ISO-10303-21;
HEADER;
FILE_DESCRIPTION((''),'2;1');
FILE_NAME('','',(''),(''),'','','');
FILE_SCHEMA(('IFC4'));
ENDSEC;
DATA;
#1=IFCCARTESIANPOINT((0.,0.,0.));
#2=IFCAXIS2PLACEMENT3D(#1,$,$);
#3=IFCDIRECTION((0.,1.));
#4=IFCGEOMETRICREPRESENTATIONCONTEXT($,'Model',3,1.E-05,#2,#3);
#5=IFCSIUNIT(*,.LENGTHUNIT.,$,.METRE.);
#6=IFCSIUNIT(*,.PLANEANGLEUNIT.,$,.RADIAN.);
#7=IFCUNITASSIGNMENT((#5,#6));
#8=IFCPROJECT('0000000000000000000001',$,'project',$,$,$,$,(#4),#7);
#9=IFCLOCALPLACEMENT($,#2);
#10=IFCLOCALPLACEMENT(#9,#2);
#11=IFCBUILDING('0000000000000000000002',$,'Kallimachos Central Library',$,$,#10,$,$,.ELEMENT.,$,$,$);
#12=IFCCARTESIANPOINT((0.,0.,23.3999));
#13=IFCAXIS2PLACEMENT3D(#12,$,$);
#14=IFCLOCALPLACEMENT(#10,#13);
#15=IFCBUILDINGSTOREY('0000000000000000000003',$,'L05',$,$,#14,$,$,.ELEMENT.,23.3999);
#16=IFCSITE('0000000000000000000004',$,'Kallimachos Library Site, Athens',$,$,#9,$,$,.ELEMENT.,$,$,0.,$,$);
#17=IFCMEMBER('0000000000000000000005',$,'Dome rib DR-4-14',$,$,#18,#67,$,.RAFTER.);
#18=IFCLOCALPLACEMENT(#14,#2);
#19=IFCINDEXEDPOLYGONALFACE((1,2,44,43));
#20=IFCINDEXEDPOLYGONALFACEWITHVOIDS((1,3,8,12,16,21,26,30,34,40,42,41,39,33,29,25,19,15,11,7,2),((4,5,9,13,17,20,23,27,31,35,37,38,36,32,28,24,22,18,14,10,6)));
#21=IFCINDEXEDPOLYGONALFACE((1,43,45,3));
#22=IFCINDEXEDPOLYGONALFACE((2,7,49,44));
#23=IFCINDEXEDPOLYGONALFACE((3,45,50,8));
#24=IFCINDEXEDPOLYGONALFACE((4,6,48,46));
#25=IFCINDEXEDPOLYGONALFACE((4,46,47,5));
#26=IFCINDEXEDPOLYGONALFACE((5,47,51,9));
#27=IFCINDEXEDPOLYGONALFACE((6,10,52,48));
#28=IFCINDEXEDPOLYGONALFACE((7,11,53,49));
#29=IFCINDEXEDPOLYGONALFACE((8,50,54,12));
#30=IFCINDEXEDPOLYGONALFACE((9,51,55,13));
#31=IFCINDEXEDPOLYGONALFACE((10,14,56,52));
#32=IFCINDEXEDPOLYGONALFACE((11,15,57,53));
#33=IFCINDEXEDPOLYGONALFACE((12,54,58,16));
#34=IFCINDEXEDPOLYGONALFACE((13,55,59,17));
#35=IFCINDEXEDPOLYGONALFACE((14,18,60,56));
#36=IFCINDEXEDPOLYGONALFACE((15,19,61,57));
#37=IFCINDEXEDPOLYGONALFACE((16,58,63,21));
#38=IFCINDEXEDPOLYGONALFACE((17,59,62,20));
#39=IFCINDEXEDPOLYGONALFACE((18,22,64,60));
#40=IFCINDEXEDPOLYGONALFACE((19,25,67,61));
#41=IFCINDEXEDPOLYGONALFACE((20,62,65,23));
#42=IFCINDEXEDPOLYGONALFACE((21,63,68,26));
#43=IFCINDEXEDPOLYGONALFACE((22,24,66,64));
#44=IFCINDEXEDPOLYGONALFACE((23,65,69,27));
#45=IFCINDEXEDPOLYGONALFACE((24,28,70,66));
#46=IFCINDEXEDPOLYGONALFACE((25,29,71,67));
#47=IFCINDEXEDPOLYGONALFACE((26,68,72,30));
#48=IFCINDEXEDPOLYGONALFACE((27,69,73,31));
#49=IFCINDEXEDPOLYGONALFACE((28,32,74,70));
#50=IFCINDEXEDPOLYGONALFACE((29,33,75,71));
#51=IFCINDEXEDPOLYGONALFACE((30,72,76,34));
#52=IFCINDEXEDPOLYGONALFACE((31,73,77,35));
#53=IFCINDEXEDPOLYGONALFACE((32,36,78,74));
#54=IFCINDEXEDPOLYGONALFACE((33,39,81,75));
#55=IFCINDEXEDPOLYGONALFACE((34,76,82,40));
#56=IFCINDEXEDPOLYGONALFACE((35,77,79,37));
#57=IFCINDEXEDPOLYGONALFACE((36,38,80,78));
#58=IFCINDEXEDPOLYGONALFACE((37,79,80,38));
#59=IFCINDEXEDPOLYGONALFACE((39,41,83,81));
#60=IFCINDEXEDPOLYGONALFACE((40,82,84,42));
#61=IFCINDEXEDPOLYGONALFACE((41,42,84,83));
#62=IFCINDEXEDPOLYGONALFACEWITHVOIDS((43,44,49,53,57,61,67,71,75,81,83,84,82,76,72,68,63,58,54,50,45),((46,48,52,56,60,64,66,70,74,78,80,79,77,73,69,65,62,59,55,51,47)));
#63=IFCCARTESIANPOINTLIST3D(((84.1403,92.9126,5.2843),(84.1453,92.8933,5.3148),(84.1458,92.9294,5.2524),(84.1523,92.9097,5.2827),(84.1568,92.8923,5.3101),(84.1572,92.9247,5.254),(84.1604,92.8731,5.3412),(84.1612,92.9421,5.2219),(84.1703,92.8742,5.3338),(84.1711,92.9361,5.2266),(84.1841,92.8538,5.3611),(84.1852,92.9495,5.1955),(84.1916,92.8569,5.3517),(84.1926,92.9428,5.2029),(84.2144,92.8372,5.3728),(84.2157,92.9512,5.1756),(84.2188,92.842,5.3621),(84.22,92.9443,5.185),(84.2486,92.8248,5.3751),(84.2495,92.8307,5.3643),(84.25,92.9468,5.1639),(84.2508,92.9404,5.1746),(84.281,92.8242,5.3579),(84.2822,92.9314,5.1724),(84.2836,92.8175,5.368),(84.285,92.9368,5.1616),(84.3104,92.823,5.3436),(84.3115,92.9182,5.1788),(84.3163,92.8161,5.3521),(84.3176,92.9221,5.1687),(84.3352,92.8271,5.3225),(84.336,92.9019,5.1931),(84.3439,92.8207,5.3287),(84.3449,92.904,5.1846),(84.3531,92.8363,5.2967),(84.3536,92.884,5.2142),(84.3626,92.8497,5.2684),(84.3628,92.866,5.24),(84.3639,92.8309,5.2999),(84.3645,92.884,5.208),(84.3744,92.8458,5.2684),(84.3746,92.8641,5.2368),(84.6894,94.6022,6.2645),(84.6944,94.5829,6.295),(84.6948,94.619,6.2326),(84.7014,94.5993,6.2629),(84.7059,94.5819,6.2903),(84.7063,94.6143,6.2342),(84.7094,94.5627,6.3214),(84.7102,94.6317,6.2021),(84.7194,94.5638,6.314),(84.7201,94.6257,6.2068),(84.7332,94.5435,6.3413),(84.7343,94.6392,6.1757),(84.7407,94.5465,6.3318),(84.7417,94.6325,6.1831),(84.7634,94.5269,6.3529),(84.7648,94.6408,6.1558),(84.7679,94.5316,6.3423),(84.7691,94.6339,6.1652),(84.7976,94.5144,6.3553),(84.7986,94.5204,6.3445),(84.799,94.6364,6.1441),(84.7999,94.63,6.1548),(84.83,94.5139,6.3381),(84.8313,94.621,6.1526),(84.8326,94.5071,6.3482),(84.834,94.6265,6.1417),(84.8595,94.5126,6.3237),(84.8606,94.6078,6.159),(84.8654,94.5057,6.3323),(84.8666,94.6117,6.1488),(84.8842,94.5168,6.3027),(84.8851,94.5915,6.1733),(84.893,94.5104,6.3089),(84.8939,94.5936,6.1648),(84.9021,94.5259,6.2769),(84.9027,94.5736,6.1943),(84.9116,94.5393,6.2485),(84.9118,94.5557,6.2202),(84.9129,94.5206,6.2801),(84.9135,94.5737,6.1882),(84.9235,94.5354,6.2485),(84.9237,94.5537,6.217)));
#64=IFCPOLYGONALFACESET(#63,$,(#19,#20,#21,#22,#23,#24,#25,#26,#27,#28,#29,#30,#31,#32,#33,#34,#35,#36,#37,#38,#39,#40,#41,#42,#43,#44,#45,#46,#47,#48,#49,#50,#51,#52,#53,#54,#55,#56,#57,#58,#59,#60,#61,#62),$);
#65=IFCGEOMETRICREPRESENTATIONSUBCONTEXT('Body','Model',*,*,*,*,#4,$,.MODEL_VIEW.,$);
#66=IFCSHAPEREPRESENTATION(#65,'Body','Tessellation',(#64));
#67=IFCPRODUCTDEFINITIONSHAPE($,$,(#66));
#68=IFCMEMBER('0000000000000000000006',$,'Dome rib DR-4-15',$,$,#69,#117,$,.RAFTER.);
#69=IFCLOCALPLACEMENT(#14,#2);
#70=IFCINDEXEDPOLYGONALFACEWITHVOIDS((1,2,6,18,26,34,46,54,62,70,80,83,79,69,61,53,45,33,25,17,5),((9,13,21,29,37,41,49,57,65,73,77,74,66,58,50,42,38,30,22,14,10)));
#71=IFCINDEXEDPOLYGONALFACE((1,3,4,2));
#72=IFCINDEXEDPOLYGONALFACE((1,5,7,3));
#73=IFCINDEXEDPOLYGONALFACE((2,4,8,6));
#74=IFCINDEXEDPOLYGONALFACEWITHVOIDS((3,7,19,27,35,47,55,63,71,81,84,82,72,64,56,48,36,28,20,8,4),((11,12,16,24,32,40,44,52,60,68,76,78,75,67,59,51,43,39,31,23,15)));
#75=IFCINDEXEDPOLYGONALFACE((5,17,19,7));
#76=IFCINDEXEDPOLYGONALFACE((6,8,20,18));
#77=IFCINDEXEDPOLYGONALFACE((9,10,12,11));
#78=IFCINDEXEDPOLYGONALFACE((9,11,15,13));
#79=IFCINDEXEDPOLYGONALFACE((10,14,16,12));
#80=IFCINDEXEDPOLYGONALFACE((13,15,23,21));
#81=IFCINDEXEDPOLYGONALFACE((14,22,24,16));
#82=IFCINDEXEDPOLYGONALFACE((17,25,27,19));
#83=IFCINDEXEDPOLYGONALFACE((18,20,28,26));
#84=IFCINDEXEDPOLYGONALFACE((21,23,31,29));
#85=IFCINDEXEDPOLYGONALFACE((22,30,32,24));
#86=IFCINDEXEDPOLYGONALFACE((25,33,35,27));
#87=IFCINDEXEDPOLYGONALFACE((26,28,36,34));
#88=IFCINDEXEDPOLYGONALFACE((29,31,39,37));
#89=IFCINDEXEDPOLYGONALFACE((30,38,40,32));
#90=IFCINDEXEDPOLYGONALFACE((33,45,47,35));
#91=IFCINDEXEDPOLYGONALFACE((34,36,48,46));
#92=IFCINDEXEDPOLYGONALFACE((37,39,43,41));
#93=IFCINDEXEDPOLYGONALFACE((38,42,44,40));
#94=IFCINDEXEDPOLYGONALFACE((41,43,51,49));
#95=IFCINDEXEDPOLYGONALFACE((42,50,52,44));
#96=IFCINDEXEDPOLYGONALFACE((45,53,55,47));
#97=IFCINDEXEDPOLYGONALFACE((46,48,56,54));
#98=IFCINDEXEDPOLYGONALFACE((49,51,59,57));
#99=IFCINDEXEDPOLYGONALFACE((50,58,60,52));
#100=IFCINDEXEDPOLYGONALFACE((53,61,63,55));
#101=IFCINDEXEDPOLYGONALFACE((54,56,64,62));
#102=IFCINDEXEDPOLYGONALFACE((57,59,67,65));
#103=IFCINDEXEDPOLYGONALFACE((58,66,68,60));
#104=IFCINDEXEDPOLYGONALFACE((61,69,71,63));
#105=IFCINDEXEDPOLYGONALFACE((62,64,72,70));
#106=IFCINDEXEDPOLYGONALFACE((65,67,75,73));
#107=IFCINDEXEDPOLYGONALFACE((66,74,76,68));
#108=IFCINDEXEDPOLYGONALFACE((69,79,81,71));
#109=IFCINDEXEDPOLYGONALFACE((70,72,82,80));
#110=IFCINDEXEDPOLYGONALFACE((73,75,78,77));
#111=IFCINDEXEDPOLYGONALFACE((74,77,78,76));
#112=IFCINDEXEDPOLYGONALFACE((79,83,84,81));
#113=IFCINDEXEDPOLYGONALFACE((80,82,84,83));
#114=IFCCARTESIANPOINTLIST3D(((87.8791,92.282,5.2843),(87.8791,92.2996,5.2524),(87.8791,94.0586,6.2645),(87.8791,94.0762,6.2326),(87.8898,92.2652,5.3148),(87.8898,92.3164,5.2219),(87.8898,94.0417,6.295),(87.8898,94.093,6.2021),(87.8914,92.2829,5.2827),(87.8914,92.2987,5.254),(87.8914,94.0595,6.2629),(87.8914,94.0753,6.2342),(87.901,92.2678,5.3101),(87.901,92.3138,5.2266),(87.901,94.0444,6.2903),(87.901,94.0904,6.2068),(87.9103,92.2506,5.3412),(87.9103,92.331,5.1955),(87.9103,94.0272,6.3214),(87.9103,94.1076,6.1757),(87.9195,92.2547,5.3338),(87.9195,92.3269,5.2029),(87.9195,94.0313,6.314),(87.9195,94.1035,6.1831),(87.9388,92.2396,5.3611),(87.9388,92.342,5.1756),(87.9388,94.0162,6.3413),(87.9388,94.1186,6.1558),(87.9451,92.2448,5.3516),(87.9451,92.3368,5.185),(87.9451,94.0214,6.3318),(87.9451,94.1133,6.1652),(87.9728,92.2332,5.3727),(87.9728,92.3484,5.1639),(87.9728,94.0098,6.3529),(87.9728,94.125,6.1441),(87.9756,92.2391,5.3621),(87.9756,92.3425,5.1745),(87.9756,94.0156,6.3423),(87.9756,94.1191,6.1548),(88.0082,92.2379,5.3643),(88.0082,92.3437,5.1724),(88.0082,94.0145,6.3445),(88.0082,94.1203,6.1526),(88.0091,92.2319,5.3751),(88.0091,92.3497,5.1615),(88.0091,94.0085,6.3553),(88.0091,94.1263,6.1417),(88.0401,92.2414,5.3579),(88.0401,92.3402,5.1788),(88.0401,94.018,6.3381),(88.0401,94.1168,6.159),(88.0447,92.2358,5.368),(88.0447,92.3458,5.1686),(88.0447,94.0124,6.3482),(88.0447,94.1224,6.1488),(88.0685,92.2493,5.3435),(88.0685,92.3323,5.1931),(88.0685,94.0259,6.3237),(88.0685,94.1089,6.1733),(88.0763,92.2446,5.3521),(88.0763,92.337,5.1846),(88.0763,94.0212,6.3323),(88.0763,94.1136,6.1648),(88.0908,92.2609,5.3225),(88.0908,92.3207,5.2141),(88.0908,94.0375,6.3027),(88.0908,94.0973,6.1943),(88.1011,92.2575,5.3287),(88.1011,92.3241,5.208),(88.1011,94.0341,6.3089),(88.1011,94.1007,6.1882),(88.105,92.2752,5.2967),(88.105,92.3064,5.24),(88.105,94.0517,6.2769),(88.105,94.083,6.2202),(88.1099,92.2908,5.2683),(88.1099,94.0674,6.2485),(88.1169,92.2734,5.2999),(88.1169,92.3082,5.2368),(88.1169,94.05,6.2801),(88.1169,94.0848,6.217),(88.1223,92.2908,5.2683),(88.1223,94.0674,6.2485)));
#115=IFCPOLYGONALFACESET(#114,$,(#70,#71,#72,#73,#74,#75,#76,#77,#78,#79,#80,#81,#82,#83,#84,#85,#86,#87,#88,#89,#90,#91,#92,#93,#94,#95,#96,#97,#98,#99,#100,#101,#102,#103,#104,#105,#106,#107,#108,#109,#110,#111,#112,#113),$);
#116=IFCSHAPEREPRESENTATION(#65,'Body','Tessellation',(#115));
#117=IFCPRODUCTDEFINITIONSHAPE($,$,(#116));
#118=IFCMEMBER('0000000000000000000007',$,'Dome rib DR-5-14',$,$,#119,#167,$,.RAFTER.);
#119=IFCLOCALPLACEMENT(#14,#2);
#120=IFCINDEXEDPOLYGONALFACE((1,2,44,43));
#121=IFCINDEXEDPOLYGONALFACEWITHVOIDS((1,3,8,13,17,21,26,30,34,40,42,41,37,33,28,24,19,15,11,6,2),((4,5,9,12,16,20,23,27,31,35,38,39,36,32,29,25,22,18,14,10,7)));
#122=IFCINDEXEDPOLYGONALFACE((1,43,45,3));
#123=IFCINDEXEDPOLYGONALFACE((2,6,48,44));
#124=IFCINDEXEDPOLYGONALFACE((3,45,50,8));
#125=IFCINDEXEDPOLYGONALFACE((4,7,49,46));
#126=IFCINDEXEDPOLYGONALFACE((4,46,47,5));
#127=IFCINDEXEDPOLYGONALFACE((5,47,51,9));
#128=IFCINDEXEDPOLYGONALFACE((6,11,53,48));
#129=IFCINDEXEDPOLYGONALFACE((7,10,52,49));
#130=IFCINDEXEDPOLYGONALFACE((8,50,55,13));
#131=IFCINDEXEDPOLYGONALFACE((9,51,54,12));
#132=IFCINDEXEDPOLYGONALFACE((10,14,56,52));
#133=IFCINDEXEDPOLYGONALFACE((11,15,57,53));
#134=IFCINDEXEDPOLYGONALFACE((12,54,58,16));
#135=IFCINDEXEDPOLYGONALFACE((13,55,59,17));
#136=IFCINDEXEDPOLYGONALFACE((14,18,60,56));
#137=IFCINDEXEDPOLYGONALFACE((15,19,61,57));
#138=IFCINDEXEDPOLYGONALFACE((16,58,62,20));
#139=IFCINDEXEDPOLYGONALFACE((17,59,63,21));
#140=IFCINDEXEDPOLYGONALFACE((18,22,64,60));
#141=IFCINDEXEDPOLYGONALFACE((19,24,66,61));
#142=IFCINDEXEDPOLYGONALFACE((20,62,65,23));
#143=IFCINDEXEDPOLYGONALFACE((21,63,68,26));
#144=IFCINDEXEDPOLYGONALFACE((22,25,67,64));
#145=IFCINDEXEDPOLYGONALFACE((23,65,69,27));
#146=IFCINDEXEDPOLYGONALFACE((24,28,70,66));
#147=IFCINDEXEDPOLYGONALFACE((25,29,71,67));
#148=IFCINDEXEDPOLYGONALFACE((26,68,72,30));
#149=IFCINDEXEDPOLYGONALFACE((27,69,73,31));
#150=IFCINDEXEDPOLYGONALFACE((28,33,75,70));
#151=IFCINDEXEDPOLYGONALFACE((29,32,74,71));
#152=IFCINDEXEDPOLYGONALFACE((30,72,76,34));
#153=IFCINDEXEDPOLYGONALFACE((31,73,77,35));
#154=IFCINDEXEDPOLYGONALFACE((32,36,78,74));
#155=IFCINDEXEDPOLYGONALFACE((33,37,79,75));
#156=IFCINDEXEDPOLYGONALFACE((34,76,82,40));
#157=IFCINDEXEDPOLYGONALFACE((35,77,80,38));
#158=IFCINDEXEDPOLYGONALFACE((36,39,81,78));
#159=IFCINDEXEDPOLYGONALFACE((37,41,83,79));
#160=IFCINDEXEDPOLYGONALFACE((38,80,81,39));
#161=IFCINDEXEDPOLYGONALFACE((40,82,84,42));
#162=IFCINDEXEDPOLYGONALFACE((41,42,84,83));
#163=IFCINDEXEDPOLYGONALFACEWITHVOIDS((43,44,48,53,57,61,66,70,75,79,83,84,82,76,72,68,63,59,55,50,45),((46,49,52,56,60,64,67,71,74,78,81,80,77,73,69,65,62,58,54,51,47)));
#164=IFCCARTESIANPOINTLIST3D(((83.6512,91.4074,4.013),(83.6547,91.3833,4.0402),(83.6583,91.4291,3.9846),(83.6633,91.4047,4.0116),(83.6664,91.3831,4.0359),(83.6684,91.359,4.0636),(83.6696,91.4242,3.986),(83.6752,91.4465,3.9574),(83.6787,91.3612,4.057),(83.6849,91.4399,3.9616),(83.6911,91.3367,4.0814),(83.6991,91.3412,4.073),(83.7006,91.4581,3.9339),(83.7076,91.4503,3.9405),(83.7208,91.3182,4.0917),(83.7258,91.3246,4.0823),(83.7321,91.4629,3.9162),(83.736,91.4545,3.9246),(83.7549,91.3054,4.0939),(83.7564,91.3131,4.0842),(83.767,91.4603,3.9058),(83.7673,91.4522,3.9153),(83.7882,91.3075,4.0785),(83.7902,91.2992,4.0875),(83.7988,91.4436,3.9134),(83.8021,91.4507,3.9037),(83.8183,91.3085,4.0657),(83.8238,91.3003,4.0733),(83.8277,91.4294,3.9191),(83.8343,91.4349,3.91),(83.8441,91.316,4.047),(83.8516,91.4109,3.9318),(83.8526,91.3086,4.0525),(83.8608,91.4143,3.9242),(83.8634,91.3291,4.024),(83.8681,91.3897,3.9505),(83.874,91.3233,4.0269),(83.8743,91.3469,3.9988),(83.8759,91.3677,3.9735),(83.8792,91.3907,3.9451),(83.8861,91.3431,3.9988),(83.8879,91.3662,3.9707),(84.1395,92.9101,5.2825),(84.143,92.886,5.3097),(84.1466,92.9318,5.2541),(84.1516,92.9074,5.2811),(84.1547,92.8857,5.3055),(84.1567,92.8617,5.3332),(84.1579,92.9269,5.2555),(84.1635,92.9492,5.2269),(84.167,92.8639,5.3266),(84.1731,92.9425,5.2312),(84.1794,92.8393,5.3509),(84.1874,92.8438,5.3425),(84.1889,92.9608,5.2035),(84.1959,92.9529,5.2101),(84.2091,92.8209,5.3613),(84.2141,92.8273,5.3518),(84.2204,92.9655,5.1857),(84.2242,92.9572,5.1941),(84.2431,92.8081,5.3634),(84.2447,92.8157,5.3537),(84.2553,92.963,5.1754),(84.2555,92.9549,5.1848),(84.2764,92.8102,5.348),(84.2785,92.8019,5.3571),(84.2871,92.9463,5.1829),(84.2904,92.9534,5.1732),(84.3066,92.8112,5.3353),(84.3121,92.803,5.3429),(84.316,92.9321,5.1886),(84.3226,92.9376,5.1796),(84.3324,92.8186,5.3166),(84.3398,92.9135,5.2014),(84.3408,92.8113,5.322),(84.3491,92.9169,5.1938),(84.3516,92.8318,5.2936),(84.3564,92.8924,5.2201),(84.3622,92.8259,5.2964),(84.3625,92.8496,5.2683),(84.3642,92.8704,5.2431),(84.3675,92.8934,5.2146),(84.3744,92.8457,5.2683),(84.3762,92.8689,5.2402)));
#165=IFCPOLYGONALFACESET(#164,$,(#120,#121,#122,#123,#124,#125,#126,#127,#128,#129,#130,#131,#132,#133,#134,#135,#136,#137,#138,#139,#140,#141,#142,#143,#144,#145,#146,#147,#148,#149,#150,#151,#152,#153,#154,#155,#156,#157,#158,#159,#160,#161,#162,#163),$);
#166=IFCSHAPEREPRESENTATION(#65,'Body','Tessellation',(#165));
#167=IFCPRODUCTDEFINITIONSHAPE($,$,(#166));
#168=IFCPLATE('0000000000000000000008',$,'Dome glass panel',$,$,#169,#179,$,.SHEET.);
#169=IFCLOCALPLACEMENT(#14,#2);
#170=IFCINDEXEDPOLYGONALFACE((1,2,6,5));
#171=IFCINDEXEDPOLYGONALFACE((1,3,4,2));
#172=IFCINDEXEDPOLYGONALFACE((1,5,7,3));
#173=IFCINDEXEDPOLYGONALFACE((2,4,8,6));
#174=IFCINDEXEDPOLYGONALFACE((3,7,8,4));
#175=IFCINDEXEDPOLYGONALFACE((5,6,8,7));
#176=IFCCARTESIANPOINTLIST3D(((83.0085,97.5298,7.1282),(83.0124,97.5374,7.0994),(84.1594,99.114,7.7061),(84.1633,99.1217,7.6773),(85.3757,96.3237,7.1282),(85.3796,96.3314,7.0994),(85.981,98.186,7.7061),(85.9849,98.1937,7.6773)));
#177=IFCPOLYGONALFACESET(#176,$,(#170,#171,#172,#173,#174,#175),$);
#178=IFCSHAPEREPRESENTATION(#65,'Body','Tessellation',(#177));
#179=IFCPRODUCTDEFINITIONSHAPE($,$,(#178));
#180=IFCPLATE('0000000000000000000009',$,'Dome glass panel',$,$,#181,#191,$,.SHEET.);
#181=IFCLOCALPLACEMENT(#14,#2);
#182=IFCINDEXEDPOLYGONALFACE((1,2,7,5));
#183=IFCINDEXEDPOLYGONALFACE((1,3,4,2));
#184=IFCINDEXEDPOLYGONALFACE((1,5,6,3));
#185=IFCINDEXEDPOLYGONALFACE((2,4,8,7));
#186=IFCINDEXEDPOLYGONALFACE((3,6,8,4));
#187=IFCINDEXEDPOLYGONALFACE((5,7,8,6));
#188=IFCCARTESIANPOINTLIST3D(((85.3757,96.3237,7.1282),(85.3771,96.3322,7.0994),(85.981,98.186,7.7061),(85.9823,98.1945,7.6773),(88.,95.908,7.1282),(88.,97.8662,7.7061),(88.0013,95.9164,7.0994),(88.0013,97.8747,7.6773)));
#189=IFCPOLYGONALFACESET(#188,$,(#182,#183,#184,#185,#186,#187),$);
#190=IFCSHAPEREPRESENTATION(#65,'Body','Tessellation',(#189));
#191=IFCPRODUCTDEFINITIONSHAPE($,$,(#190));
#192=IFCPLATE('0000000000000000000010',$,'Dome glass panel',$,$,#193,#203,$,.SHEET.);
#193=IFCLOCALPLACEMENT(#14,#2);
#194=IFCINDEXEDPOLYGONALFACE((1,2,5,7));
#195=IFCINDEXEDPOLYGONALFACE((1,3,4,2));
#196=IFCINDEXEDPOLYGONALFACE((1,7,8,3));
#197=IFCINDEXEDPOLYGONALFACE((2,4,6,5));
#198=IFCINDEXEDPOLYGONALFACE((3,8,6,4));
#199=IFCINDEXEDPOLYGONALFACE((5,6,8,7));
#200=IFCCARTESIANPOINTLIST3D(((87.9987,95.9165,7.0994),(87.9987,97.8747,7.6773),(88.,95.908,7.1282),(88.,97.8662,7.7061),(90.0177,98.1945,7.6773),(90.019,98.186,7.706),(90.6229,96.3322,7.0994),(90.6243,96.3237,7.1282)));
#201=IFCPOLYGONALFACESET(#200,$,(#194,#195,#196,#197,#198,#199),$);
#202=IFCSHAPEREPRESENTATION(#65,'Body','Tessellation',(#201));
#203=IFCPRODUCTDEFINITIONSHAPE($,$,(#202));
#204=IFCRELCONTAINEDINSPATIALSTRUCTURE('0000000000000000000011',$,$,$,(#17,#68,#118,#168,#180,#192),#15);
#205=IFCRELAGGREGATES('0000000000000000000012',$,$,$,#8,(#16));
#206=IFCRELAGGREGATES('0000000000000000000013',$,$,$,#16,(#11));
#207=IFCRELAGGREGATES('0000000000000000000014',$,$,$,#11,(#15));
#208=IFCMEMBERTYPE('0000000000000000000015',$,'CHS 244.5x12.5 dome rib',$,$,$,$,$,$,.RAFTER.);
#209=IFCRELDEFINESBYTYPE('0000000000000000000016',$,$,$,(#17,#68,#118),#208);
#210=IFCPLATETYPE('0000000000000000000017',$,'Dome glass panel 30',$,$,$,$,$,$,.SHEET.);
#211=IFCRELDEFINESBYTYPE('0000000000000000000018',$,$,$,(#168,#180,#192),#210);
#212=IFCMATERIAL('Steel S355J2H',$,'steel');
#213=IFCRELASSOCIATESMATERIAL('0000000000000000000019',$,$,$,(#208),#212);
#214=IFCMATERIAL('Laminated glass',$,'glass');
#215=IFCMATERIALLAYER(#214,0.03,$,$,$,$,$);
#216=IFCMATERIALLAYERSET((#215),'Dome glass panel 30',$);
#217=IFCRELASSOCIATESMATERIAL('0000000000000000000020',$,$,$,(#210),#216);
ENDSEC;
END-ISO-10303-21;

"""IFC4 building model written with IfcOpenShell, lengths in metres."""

from ifc_helpers import new_model, si_unit, direction, frame, origin, origin_2d, place, context, subcontext, project, spatial, polyline, hollow_circle, outline, extrude, material, layer, layer_set, material_profile, profile_set, type_object, element, save


model = new_model("IFC4")

# Units and contexts
model_context = context("Model", 3, precision=1e-05, world=origin(), true_north=direction((0.0, 1.0)))
body_context = subcontext(model_context, "Body", "Model", "MODEL_VIEW")
ifc_project = project(units=[si_unit("LENGTHUNIT", "METRE"), si_unit("PLANEANGLEUNIT", "RADIAN")], contexts=[model_context])

# Site, building, storey
site_placement = place(None, origin())
site = spatial("IfcSite", under=ifc_project, at=site_placement, Name="Kallimachos Library Site, Athens", CompositionType="ELEMENT", RefElevation=0.0)
building_placement = place(site_placement, origin())
building = spatial("IfcBuilding", under=site, at=building_placement, Name="Kallimachos Central Library", CompositionType="ELEMENT")
storey_placement = place(building_placement, frame((0.0, 0.0, 23.3999)))
storey = spatial("IfcBuildingStorey", under=building, at=storey_placement, Name="L05", CompositionType="ELEMENT", Elevation=23.3999)

# Members
ifc_material_1 = material(Name="Steel S355J2H", Category="steel")
ifc_material_profile_1 = material_profile(ifc_material_1, hollow_circle(Radius=0.1223, WallThickness=0.0125, at=origin_2d()), Name="CHS 244.5x12.5")
ifc_profile_set_1 = profile_set([ifc_material_profile_1], Name="Steel S355J2H")
member_type_1 = type_object("IfcMemberType", Name="CHS 244.5x12.5 dome rib", PredefinedType="RAFTER", material=ifc_profile_set_1)
for number, where, z_axis, x_axis, name in (
    (1, (84.8071, 94.5732, 6.2485), (-0.270594, -0.832717, -0.483075), (0.951047, -0.309046, 0.0), "Dome rib DR-4-14"),
    (2, (88.0, 94.0674, 6.2485), (0.0, -0.875572, -0.483087), (1.0, 0.0, 0.0), "Dome rib DR-4-15"),
):
    element("IfcMember", number, at=place(storey_placement, frame(where, z_axis=z_axis, x_axis=x_axis)), inside=storey, type_object=member_type_1, Name=name, PredefinedType="RAFTER", context=body_context, shape_type="SweptSolid", body=[
        extrude(hollow_circle(Radius=0.1223, WallThickness=0.0125, at=origin_2d()), origin(), (0.0, 0.0, 1.0), 2.0291),
    ])
member_1_placement = place(storey_placement, frame((84.2581, 92.8835, 5.2683), z_axis=(-0.240904, -0.741383, -0.626351), x_axis=(0.951051, -0.309034, 0.0)))
element("IfcMember", 3, at=member_1_placement, inside=storey, type_object=member_type_1, Name="Dome rib DR-5-14", PredefinedType="RAFTER", context=body_context, shape_type="SweptSolid", body=[
    extrude(hollow_circle(Radius=0.1223, WallThickness=0.0125, at=origin_2d()), origin(), (0.0, 0.0, 1.0), 2.0269),
])

# Plates
ifc_material_2 = material(Name="Laminated glass", Category="glass")
ifc_layer = layer(ifc_material_2, 0.03)
ifc_layer_set = layer_set([ifc_layer], Name="Dome glass panel 30")
plate_type = type_object("IfcPlateType", Name="Dome glass panel 30", PredefinedType="SHEET", material=ifc_layer_set)
plate_1_placement = place(storey_placement, frame((84.1594, 99.114, 7.7061), z_axis=(-0.129959, -0.255087, 0.958145), x_axis=(-0.563707, -0.775964, -0.283044)))
element("IfcPlate", 4, at=plate_1_placement, inside=storey, type_object=plate_type, Name="Dome glass panel", PredefinedType="SHEET", context=body_context, shape_type="SweptSolid", body=[
    extrude(outline(polyline([(0.0, 0.0), (2.0416, 0.0), (1.6431, 2.6267), (-0.3067, 2.0211), (0.0, 0.0)])), origin(), (0.0, 0.0, -1.0), 0.03),
])
plate_2_placement = place(storey_placement, frame((85.981, 98.186, 7.7061), z_axis=(-0.044794, -0.282754, 0.958146), x_axis=(-0.296436, -0.912148, -0.283039)))
element("IfcPlate", 5, at=plate_2_placement, inside=storey, type_object=plate_type, Name="Dome glass panel", PredefinedType="SHEET", context=body_context, shape_type="SweptSolid", body=[
    extrude(outline(polyline([(0.0, 0.0), (2.0417, 0.0), (1.643, 2.6269), (-0.3068, 2.0211), (0.0, 0.0)])), origin(), (0.0, 0.0, -1.0), 0.03),
])
plate_3_placement = place(storey_placement, frame((88.0, 97.8662, 7.7061), z_axis=(0.044794, -0.282754, 0.958146), x_axis=(0.0, -0.959109, -0.283038)))
element("IfcPlate", 6, at=plate_3_placement, inside=storey, type_object=plate_type, Name="Dome glass panel", PredefinedType="SHEET", context=body_context, shape_type="SweptSolid", body=[
    extrude(outline(polyline([(0.0, 0.0), (2.0417, 0.0), (1.643, 2.6269), (-0.3067, 2.0211), (0.0, 0.0)])), origin(), (0.0, 0.0, -1.0), 0.03),
])

save(model, "model.ifc")
